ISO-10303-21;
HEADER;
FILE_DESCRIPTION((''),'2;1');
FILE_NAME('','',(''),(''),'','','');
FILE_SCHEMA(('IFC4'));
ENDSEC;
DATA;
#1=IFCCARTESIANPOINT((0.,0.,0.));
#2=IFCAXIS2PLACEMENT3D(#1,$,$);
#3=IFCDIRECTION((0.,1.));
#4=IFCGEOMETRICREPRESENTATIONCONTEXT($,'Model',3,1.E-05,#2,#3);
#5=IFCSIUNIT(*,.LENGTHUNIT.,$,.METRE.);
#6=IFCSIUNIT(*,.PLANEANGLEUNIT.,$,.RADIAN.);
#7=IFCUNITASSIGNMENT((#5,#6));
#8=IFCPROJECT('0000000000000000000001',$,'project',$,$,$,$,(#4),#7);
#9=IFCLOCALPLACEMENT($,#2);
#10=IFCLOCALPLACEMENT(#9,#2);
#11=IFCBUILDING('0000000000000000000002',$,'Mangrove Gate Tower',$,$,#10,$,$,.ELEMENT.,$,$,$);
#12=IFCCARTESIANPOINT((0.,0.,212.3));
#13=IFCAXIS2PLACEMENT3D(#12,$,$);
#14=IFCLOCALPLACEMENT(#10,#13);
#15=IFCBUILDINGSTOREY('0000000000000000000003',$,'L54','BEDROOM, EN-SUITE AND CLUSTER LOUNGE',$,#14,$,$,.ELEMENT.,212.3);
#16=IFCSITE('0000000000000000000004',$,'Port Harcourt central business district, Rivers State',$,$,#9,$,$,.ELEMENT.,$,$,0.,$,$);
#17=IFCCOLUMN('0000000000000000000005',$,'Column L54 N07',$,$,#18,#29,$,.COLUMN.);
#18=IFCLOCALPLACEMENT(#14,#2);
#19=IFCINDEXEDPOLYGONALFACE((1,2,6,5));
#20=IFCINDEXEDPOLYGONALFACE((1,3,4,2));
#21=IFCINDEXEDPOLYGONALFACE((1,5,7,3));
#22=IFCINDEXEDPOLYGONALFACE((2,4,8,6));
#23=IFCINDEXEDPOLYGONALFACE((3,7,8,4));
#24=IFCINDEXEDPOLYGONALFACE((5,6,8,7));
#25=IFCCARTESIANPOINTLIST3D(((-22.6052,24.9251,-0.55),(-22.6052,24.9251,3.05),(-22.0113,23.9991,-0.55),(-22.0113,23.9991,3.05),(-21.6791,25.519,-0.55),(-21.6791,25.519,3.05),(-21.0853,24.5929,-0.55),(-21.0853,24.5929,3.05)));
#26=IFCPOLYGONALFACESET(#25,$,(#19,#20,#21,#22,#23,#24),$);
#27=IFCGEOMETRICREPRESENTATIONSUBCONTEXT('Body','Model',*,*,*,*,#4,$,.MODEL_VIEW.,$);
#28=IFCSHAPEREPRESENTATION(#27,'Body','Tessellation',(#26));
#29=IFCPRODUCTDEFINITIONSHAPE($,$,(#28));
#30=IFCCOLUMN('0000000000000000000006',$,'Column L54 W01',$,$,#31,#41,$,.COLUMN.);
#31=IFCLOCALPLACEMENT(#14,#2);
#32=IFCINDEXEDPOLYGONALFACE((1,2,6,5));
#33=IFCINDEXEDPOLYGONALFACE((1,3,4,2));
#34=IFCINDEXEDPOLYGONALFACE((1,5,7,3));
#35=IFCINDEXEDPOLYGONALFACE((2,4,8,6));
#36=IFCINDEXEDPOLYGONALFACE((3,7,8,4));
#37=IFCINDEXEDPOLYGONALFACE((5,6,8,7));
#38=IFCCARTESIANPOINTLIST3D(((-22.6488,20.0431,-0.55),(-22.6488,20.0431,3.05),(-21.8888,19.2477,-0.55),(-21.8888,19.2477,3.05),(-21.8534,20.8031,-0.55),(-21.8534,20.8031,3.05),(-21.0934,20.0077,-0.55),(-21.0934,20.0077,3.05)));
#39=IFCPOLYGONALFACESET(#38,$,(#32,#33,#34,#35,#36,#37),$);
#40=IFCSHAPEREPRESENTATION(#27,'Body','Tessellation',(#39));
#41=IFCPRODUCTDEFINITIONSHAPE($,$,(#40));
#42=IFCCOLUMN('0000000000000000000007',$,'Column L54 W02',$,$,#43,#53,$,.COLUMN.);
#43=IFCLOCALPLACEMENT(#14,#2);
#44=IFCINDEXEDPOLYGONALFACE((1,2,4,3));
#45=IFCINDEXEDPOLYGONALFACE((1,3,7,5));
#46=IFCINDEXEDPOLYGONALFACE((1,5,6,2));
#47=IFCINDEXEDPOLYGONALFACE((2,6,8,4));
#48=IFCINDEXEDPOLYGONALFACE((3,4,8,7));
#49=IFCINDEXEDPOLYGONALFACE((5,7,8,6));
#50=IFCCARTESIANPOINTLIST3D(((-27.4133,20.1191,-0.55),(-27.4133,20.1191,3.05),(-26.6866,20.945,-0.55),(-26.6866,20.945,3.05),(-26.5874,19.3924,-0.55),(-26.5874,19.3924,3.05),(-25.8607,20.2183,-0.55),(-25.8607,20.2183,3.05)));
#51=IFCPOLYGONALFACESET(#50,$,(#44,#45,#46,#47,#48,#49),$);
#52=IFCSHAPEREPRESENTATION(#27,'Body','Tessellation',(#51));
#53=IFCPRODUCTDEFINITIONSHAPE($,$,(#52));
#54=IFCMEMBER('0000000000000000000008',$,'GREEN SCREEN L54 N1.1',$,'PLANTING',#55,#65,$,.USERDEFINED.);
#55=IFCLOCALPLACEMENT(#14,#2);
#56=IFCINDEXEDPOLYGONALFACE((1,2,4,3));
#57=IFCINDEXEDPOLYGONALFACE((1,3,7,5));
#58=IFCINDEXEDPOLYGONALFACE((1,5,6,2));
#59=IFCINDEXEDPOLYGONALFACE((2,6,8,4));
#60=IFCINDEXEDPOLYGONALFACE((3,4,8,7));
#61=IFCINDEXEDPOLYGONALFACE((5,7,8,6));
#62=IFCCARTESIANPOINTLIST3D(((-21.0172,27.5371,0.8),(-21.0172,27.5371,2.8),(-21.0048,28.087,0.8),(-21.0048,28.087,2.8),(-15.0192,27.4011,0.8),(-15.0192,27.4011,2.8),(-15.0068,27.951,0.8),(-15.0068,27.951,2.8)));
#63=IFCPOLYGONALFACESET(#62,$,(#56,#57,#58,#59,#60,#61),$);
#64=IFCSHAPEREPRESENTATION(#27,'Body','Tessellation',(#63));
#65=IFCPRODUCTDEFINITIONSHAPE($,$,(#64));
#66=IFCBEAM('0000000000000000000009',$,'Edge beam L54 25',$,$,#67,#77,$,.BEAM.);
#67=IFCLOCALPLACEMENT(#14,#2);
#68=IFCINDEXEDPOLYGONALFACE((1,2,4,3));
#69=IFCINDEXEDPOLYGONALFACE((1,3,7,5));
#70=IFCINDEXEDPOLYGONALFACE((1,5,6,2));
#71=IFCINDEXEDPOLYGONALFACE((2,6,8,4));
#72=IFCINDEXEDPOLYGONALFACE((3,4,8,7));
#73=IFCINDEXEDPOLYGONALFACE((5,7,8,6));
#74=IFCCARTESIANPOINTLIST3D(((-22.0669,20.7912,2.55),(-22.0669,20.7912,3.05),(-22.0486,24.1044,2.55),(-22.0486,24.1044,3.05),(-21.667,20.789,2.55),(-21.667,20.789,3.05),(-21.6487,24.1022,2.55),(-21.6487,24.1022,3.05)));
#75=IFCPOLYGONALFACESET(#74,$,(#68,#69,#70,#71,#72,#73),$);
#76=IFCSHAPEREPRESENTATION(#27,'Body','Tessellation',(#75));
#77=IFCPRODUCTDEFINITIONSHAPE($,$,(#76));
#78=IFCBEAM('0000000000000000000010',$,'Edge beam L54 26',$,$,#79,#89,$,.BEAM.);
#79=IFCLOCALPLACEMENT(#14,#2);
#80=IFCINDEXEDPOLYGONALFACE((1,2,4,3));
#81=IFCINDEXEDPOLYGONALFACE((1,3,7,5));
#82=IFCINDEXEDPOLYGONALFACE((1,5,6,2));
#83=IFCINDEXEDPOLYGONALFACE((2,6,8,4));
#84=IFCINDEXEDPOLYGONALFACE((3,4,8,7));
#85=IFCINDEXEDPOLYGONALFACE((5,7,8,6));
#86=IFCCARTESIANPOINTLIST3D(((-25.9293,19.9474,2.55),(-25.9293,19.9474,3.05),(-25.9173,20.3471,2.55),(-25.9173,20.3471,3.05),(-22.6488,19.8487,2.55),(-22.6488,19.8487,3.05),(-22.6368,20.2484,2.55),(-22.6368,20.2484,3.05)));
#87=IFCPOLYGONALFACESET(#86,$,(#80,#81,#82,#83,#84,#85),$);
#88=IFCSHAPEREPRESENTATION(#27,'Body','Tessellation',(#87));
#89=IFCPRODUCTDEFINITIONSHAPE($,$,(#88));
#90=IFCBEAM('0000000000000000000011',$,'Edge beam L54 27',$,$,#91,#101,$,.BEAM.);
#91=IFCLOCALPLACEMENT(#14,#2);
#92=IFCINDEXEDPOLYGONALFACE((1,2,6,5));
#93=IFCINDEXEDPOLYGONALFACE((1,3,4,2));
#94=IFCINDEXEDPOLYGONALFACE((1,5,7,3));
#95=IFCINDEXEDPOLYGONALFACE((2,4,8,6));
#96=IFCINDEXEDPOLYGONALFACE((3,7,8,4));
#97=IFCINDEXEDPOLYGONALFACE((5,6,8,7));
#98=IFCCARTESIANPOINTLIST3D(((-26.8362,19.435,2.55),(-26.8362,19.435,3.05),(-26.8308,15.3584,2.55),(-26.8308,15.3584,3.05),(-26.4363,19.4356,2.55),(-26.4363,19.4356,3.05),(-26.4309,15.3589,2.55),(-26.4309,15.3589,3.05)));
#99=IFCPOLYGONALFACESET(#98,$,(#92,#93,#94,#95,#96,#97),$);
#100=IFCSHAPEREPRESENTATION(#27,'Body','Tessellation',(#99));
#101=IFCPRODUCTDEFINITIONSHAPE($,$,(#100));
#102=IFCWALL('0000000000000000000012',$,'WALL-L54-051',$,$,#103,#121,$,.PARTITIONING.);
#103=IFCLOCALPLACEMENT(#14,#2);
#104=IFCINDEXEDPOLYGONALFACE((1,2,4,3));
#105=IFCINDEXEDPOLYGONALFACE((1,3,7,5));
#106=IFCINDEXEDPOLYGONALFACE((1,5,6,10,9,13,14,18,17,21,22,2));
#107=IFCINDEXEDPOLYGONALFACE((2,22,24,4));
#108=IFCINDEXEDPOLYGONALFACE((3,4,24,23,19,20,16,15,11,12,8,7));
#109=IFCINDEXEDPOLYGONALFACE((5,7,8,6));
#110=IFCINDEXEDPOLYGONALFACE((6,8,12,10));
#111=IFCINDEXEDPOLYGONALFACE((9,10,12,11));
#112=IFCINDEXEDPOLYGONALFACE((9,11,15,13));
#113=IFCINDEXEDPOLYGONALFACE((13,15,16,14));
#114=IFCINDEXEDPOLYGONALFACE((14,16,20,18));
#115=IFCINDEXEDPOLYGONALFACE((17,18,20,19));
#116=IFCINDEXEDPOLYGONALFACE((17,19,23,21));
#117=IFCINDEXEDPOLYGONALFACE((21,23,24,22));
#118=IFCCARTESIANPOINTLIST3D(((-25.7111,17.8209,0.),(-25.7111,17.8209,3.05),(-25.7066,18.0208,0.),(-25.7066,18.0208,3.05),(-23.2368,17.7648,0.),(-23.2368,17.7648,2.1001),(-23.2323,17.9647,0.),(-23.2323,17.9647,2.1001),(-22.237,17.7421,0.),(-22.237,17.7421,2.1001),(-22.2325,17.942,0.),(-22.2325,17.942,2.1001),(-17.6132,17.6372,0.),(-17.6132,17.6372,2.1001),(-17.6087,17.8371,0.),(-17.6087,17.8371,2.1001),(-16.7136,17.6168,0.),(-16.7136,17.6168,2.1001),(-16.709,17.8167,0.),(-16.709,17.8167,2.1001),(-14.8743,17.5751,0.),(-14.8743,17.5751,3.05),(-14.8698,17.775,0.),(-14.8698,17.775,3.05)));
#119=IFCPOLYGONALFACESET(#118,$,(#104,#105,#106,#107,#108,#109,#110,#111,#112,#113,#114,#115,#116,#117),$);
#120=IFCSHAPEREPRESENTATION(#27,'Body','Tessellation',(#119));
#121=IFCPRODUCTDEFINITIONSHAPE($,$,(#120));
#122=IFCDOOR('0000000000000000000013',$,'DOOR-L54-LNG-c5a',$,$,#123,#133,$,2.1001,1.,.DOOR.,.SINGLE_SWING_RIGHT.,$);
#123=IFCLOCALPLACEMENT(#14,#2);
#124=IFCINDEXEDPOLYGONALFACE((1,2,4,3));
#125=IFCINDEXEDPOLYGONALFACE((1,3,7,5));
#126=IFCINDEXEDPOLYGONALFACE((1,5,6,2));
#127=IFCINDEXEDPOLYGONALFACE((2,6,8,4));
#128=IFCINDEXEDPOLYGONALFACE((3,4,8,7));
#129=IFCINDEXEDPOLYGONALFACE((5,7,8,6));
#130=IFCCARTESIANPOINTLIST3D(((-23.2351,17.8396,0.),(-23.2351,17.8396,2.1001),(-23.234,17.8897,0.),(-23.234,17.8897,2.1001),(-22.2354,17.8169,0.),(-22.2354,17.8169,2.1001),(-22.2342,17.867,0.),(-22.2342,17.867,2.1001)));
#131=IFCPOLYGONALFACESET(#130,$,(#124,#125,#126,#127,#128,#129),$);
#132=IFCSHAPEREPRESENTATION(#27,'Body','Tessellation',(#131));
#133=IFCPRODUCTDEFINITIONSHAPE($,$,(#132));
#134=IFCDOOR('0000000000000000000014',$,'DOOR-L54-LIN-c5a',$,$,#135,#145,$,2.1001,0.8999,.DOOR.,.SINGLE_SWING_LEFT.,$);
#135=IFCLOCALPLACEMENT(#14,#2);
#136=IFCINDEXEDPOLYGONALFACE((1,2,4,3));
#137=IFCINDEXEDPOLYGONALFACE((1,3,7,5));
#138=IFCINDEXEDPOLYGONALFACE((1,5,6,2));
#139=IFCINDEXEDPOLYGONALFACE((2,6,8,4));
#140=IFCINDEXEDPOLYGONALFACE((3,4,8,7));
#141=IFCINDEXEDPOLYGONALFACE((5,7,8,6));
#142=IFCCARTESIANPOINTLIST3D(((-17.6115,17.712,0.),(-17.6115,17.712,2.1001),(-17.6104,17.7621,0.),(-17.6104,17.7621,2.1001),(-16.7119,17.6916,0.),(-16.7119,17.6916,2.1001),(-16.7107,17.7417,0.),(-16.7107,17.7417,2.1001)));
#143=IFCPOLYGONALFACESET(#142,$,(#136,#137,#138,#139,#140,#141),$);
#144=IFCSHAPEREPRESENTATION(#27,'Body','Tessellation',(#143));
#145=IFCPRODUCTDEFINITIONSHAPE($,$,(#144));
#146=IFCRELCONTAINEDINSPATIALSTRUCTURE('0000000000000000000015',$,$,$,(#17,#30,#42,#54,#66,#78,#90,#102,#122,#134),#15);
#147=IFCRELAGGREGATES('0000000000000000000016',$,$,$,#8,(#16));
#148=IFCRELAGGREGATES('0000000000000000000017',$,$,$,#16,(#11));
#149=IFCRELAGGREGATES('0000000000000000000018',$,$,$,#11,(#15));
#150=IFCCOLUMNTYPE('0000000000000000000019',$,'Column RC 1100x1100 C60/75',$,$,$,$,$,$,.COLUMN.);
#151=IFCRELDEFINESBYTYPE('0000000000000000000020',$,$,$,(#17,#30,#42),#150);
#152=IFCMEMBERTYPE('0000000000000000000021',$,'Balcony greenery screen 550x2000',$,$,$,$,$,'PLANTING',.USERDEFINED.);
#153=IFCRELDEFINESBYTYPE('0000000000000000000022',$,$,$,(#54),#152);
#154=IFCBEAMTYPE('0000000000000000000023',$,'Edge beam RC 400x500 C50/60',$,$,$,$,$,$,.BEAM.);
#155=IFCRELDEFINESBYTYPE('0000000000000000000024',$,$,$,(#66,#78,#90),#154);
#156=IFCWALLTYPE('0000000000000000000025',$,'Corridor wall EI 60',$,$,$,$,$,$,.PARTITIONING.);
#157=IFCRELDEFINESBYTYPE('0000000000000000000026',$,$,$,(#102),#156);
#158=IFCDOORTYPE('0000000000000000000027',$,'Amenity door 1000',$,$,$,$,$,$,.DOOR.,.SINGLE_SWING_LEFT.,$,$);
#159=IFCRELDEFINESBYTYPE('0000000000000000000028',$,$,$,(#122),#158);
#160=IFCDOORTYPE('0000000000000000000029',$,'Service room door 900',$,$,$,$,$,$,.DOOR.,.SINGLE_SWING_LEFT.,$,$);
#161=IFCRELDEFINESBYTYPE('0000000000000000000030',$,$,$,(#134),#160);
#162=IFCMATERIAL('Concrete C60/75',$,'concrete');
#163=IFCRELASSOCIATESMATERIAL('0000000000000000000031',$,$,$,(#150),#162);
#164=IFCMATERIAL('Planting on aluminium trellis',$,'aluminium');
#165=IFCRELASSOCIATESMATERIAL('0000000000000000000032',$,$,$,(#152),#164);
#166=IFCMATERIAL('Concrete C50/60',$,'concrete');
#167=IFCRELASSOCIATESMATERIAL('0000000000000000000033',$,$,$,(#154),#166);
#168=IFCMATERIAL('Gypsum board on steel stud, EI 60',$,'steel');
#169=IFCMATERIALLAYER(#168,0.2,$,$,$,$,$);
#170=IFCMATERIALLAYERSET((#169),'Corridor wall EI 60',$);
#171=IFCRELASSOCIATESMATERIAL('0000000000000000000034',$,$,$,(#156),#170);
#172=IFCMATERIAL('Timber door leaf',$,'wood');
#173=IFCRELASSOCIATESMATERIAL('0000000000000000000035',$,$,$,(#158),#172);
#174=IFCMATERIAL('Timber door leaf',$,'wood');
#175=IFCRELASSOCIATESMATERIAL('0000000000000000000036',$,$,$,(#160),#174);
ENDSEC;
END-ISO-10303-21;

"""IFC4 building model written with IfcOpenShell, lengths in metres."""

from ifc_helpers import new_model, si_unit, direction, frame, frame_2d, origin, origin_2d, place, context, subcontext, project, spatial, rectangle, extrude, material, layer, layer_set, material_profile, profile_set, type_object, element, fill, save


model = new_model("IFC4")

# Units and contexts
model_context = context("Model", 3, precision=1e-05, world=origin(), true_north=direction((0.0, 1.0)))
body_context = subcontext(model_context, "Body", "Model", "MODEL_VIEW")
ifc_project = project(units=[si_unit("LENGTHUNIT", "METRE"), si_unit("PLANEANGLEUNIT", "RADIAN")], contexts=[model_context])

# Site, building, storey
site_placement = place(None, origin())
site = spatial("IfcSite", under=ifc_project, at=site_placement, Name="Port Harcourt central business district, Rivers State", CompositionType="ELEMENT", RefElevation=0.0)
building_placement = place(site_placement, origin())
building = spatial("IfcBuilding", under=site, at=building_placement, Name="Mangrove Gate Tower", CompositionType="ELEMENT")
storey_placement = place(building_placement, frame((0.0, 0.0, 212.3)))
storey = spatial("IfcBuildingStorey", under=building, at=storey_placement, Name="L54", Description="BEDROOM, EN-SUITE AND CLUSTER LOUNGE", CompositionType="ELEMENT", Elevation=212.3)

# Columns
ifc_material_1 = material(Name="Concrete C60/75", Category="concrete")
ifc_material_profile_1 = material_profile(ifc_material_1, rectangle(XDim=1.1001, YDim=1.1001, at=origin_2d()))
ifc_profile_set_1 = profile_set([ifc_material_profile_1], Name="Concrete C60/75")
column_type = type_object("IfcColumnType", Name="Column RC 1100x1100 C60/75", PredefinedType="COLUMN", material=ifc_profile_set_1)
for number, where, z_axis, x_axis, name in (
    (1, (-21.8452, 24.759, -0.55), (0.0, 0.0, 1.0), (-0.841787, -0.53981, 0.0), "Column L54 N07"),
    (2, (-21.8711, 20.0254, -0.55), (0.0, 0.0, 1.0), (-0.722981, -0.690868, 0.0), "Column L54 W01"),
    (3, (-26.637, 20.1687, -0.55), (0.0, 0.0, 1.0), (-0.66057, -0.750764, 0.0), "Column L54 W02"),
):
    element("IfcColumn", number, at=place(storey_placement, frame(where, z_axis=z_axis, x_axis=x_axis)), inside=storey, type_object=column_type, Name=name, PredefinedType="COLUMN", context=body_context, shape_type="SweptSolid", body=[
        extrude(rectangle(XDim=1.1001, YDim=1.1001, at=origin_2d()), origin(), (0.0, 0.0, 1.0), 3.6001),
    ])

# Member
ifc_material_2 = material(Name="Planting on aluminium trellis", Category="aluminium")
ifc_material_profile_2 = material_profile(ifc_material_2, rectangle(XDim=0.55, YDim=2.0, at=origin_2d()))
ifc_profile_set_2 = profile_set([ifc_material_profile_2], Name="Planting on aluminium trellis")
member_type = type_object("IfcMemberType", Name="Balcony greenery screen 550x2000", ElementType="PLANTING", PredefinedType="USERDEFINED", material=ifc_profile_set_2)
member_placement = place(storey_placement, frame((-21.011, 27.812, 1.8), z_axis=(0.999743, -0.022666, 0.0), x_axis=(0.022666, 0.999743, 0.0)))
element("IfcMember", 4, at=member_placement, inside=storey, type_object=member_type, Name="GREEN SCREEN L54 N1.1", ObjectType="PLANTING", PredefinedType="USERDEFINED", context=body_context, shape_type="SweptSolid", body=[
    extrude(rectangle(XDim=0.55, YDim=2.0, at=origin_2d()), origin(), (0.0, 0.0, 1.0), 5.9995),
])

# Beams
ifc_material_3 = material(Name="Concrete C50/60", Category="concrete")
ifc_material_profile_3 = material_profile(ifc_material_3, rectangle(XDim=0.3999, YDim=0.5, at=origin_2d()))
ifc_profile_set_3 = profile_set([ifc_material_profile_3], Name="Concrete C50/60")
beam_type = type_object("IfcBeamType", Name="Edge beam RC 400x500 C50/60", PredefinedType="BEAM", material=ifc_profile_set_3)
beam_1_placement = place(storey_placement, frame((-21.8486, 24.1033, 2.8), z_axis=(-0.005526, -0.999985, 0.0), x_axis=(0.999985, -0.005526, 0.0)))
element("IfcBeam", 5, at=beam_1_placement, inside=storey, type_object=beam_type, Name="Edge beam L54 25", PredefinedType="BEAM", context=body_context, shape_type="SweptSolid", body=[
    extrude(rectangle(XDim=0.3999, YDim=0.5, at=origin_2d()), origin(), (0.0, 0.0, 1.0), 3.3132),
])
beam_2_placement = place(storey_placement, frame((-22.6428, 20.0486, 2.8), z_axis=(-0.999548, 0.030053, 0.0), x_axis=(-0.030053, -0.999548, 0.0)))
element("IfcBeam", 6, at=beam_2_placement, inside=storey, type_object=beam_type, Name="Edge beam L54 26", PredefinedType="BEAM", context=body_context, shape_type="SweptSolid", body=[
    extrude(rectangle(XDim=0.3999, YDim=0.5, at=origin_2d()), origin(), (0.0, 0.0, 1.0), 3.282),
])
beam_3_placement = place(storey_placement, frame((-26.6362, 19.4353, 2.8), z_axis=(0.001318, -0.999999, 0.0), x_axis=(0.999999, 0.001318, 0.0)))
element("IfcBeam", 7, at=beam_3_placement, inside=storey, type_object=beam_type, Name="Edge beam L54 27", PredefinedType="BEAM", context=body_context, shape_type="SweptSolid", body=[
    extrude(rectangle(XDim=0.3999, YDim=0.5, at=origin_2d()), origin(), (0.0, 0.0, 1.0), 4.0767),
])

# Wall, openings, doors
ifc_material_4 = material(Name="Gypsum board on steel stud, EI 60", Category="steel")
ifc_layer_1 = layer(ifc_material_4, 0.2)
ifc_layer_set_1 = layer_set([ifc_layer_1], Name="Corridor wall EI 60")
wall_type_1 = type_object("IfcWallType", Name="Corridor wall EI 60", PredefinedType="PARTITIONING", material=ifc_layer_set_1)
wall_1_placement = place(storey_placement, frame((-25.709, 17.9209, 0.0), z_axis=(0.0, 0.0, 1.0), x_axis=(0.999743, -0.02268, 0.0)))
wall_1 = element("IfcWall", 8, at=wall_1_placement, inside=storey, type_object=wall_type_1, Name="WALL-L54-051", PredefinedType="PARTITIONING", context=body_context, shape_type="SweptSolid", body=[
    extrude(rectangle(XDim=10.8396, YDim=0.2, at=frame_2d((5.4199, 0.0))), origin(), (0.0, 0.0, 1.0), 3.05),
])
opening_1_placement = place(wall_1_placement, frame((2.4751, 0.0, 0.0)))
opening_1 = element("IfcOpeningElement", 9, at=opening_1_placement, cuts=wall_1, PredefinedType="OPENING", context=body_context, shape_type="SweptSolid", body=[
    extrude(rectangle(XDim=1.0, YDim=2.1001, at=frame_2d((0.5, 1.05))), frame((0.0, 0.1099, 0.0), z_axis=(0.0, -1.0, 0.0), x_axis=(1.0, 0.0, 0.0)), (0.0, 0.0, 1.0), 0.22),
])
opening_2_placement = place(wall_1_placement, frame((8.1001, 0.0, 0.0)))
opening_2 = element("IfcOpeningElement", 10, at=opening_2_placement, cuts=wall_1, PredefinedType="OPENING", context=body_context, shape_type="SweptSolid", body=[
    extrude(rectangle(XDim=0.8999, YDim=2.1001, at=frame_2d((0.45, 1.05))), frame((0.0, 0.1099, 0.0), z_axis=(0.0, -1.0, 0.0), x_axis=(1.0, 0.0, 0.0)), (0.0, 0.0, 1.0), 0.22),
])
ifc_material_5 = material(Name="Timber door leaf", Category="wood")
door_type_1 = type_object("IfcDoorType", Name="Amenity door 1000", OperationType="SINGLE_SWING_LEFT", PredefinedType="DOOR", material=ifc_material_5)
door_1_placement = place(opening_1_placement, origin())
door_1 = element("IfcDoor", 11, at=door_1_placement, inside=storey, type_object=door_type_1, Name="DOOR-L54-LNG-c5a", OperationType="SINGLE_SWING_RIGHT", OverallHeight=2.1001, OverallWidth=1.0, PredefinedType="DOOR", context=body_context, shape_type="SweptSolid", body=[
    extrude(rectangle(XDim=1.0, YDim=2.1001, at=frame_2d((0.5, 1.05))), frame((0.0, 0.0249, 0.0), z_axis=(0.0, -1.0, 0.0), x_axis=(1.0, 0.0, 0.0)), (0.0, 0.0, 1.0), 0.05),
])
fill(opening_1, door_1)
ifc_material_6 = material(Name="Timber door leaf", Category="wood")
door_type_2 = type_object("IfcDoorType", Name="Service room door 900", OperationType="SINGLE_SWING_LEFT", PredefinedType="DOOR", material=ifc_material_6)
door_2_placement = place(opening_2_placement, origin())
door_2 = element("IfcDoor", 12, at=door_2_placement, inside=storey, type_object=door_type_2, Name="DOOR-L54-LIN-c5a", OperationType="SINGLE_SWING_LEFT", OverallHeight=2.1001, OverallWidth=0.8999, PredefinedType="DOOR", context=body_context, shape_type="SweptSolid", body=[
    extrude(rectangle(XDim=0.8999, YDim=2.1001, at=frame_2d((0.45, 1.05))), frame((0.0, 0.0249, 0.0), z_axis=(0.0, -1.0, 0.0), x_axis=(1.0, 0.0, 0.0)), (0.0, 0.0, 1.0), 0.05),
])
fill(opening_2, door_2)

save(model, "model.ifc")
